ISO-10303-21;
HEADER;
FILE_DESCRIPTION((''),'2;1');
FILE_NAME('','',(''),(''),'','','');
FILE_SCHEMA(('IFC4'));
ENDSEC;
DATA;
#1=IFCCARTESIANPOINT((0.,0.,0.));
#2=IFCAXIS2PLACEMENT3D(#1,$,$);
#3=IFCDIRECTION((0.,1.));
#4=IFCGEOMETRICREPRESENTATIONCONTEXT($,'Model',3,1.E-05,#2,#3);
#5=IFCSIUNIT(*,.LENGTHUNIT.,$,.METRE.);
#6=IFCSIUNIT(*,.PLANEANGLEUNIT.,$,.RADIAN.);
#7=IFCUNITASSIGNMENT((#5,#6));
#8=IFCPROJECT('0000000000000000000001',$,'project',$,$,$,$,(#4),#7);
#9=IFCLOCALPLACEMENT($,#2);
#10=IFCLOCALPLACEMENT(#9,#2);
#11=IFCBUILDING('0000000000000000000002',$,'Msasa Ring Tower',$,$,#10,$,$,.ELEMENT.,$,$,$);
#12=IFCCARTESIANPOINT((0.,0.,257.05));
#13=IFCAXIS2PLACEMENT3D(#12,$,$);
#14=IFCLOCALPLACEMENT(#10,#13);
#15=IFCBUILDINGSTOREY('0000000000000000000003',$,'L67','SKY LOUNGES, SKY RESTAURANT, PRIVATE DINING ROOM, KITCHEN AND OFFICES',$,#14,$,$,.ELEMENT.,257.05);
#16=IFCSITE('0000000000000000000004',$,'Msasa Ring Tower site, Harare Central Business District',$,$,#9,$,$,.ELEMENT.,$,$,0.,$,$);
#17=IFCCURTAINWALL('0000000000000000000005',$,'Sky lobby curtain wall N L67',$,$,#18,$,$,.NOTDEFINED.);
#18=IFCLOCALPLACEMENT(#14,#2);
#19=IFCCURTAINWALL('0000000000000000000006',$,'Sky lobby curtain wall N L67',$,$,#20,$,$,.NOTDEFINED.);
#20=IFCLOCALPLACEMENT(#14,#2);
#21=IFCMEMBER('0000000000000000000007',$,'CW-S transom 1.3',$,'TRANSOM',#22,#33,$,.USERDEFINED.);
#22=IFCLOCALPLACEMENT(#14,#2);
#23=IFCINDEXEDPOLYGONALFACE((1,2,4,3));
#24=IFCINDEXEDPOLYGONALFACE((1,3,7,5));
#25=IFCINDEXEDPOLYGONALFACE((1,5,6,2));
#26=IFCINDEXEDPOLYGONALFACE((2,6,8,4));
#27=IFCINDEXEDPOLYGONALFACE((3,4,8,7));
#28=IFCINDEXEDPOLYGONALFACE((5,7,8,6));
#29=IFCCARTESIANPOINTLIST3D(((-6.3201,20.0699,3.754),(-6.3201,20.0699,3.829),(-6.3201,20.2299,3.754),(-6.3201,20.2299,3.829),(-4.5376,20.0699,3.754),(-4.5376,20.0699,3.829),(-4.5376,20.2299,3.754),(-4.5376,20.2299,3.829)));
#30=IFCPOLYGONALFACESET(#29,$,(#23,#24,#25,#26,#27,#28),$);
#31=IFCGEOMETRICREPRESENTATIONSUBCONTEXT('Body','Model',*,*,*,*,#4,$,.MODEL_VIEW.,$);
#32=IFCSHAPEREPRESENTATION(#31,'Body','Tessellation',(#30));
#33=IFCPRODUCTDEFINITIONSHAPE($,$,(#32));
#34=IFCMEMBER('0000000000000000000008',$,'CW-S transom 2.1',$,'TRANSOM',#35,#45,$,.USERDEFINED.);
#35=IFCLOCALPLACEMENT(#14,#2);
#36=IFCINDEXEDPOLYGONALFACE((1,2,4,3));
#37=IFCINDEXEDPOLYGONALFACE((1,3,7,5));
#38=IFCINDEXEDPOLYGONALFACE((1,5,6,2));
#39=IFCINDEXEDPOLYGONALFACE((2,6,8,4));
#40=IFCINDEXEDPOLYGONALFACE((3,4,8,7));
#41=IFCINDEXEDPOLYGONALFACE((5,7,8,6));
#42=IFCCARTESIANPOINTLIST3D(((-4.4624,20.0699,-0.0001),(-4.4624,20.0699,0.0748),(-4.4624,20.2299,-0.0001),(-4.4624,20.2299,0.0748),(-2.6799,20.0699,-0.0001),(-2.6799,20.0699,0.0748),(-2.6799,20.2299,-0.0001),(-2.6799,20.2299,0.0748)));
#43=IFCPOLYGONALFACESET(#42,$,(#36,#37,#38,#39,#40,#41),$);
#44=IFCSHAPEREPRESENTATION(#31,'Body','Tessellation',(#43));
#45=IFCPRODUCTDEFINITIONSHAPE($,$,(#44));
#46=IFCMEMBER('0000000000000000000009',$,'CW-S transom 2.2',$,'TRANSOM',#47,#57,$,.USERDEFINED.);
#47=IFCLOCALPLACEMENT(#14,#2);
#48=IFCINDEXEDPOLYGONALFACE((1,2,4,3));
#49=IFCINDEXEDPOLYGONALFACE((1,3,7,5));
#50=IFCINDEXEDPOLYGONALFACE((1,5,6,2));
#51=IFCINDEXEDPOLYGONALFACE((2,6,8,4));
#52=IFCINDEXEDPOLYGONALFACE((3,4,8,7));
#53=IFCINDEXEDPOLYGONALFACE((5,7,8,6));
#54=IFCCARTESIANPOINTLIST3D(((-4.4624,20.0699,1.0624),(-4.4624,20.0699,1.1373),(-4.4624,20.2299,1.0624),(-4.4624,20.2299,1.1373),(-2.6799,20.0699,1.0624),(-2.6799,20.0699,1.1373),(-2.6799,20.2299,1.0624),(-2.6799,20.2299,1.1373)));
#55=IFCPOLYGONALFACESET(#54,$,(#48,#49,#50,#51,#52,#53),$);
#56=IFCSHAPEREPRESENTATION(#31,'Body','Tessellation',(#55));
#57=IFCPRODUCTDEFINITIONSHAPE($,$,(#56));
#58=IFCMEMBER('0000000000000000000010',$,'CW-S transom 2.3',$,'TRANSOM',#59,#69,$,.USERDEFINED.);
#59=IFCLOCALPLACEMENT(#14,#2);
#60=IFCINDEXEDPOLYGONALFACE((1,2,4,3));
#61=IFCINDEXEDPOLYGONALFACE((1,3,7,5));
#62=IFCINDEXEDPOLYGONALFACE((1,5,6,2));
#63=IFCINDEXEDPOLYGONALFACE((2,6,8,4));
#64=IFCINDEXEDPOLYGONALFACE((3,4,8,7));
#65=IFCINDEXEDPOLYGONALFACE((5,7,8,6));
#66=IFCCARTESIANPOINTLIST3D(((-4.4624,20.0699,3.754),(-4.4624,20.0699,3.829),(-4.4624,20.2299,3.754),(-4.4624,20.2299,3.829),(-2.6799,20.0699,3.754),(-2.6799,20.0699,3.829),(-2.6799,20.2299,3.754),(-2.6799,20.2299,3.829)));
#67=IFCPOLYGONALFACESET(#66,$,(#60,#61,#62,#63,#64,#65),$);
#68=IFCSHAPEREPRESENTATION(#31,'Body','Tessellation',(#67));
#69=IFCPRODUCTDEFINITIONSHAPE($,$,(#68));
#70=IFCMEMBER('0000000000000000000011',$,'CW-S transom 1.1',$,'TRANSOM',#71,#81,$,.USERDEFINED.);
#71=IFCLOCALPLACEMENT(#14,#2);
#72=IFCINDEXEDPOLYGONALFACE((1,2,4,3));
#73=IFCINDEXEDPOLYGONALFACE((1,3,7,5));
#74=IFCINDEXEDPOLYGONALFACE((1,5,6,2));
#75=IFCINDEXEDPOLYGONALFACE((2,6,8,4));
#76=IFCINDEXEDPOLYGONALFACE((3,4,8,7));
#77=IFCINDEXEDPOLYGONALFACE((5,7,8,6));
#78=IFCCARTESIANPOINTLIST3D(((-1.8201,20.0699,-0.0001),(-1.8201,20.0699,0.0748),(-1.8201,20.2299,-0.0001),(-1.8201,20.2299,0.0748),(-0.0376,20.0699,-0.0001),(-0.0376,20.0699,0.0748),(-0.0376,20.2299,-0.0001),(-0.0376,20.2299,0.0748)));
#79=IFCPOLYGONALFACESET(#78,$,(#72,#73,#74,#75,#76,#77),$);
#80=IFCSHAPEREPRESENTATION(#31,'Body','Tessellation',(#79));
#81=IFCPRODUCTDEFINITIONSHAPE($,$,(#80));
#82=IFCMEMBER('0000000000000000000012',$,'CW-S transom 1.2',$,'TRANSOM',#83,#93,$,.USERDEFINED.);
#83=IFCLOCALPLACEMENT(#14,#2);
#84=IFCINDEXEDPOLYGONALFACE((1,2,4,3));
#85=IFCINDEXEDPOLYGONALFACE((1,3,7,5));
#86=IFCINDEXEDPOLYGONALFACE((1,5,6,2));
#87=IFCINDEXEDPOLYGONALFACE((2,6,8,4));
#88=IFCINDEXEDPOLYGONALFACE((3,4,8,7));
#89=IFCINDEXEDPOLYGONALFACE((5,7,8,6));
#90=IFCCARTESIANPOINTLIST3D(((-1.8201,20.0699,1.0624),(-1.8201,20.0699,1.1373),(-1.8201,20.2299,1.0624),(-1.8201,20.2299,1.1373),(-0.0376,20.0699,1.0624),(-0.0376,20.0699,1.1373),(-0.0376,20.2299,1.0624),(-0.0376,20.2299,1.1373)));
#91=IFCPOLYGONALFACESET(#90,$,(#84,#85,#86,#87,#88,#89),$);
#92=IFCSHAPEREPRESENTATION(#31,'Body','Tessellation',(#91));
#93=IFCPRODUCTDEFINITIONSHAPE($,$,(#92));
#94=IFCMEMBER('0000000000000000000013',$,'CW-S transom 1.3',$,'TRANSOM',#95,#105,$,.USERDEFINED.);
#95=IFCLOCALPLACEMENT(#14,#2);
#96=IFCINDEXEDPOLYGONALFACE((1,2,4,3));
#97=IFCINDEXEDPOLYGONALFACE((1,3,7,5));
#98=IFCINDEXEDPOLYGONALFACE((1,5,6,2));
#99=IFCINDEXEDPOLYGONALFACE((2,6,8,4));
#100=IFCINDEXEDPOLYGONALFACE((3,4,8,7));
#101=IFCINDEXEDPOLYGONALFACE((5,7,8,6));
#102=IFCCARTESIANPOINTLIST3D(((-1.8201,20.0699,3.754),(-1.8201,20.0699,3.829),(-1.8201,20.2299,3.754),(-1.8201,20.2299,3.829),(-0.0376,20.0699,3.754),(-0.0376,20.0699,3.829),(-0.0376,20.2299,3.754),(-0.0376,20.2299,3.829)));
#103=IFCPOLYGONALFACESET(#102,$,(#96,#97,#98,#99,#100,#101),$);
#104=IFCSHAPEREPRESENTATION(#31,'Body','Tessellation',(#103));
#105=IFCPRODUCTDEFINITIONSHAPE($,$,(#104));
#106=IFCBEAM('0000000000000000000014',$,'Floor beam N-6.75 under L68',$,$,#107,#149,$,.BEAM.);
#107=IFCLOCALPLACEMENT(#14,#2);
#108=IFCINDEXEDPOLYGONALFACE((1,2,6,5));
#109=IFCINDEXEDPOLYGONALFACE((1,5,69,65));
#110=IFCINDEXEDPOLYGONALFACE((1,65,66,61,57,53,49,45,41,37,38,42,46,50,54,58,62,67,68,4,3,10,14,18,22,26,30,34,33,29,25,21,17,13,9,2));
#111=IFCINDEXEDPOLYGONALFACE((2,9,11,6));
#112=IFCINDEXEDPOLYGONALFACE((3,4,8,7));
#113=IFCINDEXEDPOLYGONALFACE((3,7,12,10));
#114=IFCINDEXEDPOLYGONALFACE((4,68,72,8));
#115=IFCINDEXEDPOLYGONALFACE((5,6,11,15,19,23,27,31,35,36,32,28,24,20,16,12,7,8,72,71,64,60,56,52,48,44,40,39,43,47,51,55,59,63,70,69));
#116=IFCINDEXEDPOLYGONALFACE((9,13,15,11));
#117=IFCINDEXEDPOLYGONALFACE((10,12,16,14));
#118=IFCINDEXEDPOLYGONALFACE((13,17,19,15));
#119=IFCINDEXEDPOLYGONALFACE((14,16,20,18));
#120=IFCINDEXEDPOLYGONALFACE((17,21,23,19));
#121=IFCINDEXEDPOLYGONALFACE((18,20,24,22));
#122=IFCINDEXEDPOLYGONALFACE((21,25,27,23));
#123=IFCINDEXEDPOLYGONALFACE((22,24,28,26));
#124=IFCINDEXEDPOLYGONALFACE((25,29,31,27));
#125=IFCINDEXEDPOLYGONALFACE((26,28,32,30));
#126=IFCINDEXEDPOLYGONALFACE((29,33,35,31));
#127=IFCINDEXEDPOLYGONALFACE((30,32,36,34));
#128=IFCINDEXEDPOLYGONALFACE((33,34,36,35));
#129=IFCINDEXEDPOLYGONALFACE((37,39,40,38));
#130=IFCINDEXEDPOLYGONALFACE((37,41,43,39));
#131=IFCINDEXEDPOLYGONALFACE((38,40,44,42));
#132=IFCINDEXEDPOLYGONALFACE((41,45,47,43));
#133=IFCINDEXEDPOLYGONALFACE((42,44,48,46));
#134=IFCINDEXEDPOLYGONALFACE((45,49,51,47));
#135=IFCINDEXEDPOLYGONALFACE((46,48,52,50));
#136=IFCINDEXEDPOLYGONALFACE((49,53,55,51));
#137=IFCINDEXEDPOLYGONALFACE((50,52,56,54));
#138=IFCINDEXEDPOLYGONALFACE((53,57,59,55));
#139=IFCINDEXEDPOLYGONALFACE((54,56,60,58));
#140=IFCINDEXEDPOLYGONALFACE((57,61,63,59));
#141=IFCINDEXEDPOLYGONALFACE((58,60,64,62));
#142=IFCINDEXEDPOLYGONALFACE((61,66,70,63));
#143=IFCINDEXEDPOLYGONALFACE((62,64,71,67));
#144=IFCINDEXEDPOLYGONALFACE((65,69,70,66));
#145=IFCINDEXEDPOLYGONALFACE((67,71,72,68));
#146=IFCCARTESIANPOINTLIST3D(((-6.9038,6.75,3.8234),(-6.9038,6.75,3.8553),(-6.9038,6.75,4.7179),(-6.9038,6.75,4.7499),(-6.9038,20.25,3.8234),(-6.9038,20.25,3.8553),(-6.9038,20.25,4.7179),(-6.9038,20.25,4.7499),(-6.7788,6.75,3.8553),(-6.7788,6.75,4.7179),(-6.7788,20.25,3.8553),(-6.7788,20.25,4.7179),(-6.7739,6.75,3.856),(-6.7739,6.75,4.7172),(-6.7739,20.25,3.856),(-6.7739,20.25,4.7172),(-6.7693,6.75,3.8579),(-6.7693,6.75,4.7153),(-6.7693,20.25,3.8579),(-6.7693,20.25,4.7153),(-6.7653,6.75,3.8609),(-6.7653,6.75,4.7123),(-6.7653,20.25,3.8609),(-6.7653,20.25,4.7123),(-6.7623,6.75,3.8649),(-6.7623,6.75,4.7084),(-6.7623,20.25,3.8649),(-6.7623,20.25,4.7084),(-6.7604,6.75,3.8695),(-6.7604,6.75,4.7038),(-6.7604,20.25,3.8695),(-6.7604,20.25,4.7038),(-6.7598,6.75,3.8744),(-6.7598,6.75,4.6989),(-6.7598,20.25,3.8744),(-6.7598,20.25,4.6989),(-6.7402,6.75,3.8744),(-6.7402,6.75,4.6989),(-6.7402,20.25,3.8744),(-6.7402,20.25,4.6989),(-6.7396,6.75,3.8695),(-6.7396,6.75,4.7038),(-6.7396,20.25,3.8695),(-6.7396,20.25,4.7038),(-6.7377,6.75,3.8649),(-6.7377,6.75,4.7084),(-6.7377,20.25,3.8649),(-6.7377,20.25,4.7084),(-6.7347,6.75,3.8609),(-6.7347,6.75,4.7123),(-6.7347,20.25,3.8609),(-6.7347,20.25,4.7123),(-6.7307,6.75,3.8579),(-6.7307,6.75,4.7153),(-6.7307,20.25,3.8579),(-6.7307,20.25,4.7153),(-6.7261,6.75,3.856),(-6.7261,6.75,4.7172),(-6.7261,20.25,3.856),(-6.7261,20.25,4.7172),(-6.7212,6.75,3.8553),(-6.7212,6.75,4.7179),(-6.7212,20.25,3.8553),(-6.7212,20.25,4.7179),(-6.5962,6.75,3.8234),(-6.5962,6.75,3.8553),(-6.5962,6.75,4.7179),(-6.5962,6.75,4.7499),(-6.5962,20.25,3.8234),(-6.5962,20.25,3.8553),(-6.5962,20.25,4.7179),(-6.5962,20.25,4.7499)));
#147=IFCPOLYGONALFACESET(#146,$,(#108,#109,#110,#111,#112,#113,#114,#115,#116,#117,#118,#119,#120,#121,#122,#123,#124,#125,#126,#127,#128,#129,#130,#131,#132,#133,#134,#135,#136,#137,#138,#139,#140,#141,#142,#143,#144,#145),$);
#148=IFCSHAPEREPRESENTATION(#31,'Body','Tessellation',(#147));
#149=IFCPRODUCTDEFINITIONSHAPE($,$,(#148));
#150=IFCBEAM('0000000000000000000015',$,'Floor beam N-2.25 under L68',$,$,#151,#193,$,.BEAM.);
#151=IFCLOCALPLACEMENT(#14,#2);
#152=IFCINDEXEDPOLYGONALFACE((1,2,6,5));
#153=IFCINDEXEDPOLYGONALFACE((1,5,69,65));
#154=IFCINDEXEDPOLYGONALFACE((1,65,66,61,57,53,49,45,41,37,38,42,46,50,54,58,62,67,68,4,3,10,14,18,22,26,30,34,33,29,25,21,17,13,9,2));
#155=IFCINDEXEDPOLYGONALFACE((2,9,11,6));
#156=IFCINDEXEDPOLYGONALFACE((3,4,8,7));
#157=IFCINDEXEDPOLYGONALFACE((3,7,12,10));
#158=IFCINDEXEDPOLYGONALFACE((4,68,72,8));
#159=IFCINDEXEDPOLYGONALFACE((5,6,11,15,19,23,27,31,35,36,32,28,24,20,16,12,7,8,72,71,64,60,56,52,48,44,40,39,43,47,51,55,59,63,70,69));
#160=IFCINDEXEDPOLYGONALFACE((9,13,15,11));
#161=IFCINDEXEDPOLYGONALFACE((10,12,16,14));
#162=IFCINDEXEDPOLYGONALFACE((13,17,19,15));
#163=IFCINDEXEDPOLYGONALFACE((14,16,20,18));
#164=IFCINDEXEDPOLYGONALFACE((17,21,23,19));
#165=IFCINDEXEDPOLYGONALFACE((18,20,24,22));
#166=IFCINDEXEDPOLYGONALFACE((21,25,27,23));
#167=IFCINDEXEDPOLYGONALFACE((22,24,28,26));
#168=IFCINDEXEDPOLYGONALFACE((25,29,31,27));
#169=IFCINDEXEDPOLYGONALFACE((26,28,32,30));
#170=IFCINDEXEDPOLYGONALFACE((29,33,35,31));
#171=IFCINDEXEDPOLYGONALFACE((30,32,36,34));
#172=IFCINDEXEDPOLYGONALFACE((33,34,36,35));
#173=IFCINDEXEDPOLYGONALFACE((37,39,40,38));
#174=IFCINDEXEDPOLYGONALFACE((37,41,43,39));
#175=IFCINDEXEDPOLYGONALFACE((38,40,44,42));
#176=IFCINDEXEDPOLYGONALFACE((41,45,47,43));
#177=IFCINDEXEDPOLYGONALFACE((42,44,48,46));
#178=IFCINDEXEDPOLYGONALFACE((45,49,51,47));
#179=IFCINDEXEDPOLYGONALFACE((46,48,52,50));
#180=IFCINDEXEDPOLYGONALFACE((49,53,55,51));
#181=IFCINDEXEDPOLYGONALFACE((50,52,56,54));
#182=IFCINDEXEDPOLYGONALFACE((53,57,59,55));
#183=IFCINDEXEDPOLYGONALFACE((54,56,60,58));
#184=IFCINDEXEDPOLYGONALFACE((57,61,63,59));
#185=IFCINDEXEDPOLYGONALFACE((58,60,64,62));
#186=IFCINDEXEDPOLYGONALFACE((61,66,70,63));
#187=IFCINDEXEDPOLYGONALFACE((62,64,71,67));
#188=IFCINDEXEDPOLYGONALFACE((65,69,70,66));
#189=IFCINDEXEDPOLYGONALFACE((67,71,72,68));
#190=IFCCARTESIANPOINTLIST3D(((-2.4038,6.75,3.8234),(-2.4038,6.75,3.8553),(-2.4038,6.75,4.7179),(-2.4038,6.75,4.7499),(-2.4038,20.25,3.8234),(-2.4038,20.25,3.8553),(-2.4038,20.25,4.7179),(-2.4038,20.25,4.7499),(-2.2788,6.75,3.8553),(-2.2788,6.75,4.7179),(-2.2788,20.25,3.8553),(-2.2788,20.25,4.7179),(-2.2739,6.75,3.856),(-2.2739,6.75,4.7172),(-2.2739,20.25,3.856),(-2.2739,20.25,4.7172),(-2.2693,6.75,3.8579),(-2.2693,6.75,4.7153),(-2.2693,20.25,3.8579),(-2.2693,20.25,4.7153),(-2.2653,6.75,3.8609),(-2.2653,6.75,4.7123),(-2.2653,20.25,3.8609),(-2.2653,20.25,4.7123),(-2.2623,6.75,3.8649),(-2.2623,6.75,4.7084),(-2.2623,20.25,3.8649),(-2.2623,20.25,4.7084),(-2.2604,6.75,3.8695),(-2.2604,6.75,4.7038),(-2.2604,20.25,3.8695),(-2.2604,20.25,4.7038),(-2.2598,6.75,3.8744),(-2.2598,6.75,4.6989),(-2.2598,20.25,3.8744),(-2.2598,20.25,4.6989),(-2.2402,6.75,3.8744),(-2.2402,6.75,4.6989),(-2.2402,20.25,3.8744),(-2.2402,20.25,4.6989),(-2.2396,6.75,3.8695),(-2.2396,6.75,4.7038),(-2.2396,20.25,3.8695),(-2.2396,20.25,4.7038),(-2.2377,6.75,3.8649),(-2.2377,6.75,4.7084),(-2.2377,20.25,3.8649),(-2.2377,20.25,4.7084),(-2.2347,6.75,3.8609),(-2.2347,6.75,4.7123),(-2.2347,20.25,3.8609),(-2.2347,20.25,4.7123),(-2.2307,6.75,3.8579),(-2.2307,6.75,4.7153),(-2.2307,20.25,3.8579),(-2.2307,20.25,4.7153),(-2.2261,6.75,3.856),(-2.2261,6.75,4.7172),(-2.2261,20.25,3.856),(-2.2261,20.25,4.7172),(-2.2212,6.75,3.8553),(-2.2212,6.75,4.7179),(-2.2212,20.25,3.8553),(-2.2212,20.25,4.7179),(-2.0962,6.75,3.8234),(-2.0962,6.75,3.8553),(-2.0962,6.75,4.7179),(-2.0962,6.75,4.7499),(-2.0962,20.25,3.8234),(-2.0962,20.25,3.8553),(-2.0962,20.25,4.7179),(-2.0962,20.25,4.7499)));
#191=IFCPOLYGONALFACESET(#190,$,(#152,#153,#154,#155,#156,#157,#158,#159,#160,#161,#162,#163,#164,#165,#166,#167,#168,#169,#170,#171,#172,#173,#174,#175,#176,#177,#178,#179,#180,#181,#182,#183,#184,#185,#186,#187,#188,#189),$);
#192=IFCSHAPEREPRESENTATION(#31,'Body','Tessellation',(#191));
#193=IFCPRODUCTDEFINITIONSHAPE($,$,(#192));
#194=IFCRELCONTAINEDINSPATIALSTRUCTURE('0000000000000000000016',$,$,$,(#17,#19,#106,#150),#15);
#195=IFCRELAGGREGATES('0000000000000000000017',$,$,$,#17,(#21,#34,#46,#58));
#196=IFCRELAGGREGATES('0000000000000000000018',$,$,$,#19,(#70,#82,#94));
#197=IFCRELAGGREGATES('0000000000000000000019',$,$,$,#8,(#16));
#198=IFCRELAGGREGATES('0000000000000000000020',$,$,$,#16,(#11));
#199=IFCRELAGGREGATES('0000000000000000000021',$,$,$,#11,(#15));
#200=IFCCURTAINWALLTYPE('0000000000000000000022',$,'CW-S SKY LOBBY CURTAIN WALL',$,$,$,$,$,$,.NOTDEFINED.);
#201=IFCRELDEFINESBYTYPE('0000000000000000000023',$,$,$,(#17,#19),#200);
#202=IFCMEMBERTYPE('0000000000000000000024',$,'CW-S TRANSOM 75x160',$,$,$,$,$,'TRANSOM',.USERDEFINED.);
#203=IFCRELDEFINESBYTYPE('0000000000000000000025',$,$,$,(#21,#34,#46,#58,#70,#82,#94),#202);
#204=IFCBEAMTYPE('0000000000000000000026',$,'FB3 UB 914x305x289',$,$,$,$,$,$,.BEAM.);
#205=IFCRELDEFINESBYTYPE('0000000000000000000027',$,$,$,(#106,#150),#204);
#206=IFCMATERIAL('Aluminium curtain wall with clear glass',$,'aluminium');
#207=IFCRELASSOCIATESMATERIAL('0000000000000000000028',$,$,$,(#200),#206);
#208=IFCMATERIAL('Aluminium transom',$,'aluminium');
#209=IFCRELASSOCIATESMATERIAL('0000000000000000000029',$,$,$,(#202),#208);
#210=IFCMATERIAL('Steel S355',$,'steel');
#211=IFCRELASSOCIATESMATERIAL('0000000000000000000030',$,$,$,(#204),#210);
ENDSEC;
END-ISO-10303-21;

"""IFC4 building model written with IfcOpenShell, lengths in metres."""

from ifc_helpers import new_model, si_unit, direction, frame, origin, origin_2d, place, context, subcontext, project, spatial, rectangle, i_section, extrude, material, material_profile, profile_set, type_object, element, aggregate, save


model = new_model("IFC4")

# Units and contexts
model_context = context("Model", 3, precision=1e-05, world=origin(), true_north=direction((0.0, 1.0)))
body_context = subcontext(model_context, "Body", "Model", "MODEL_VIEW")
ifc_project = project(units=[si_unit("LENGTHUNIT", "METRE"), si_unit("PLANEANGLEUNIT", "RADIAN")], contexts=[model_context])

# Site, building, storey
site_placement = place(None, origin())
site = spatial("IfcSite", under=ifc_project, at=site_placement, Name="Msasa Ring Tower site, Harare Central Business District", CompositionType="ELEMENT", RefElevation=0.0)
building_placement = place(site_placement, origin())
building = spatial("IfcBuilding", under=site, at=building_placement, Name="Msasa Ring Tower", CompositionType="ELEMENT")
storey_placement = place(building_placement, frame((0.0, 0.0, 257.05)))
storey = spatial("IfcBuildingStorey", under=building, at=storey_placement, Name="L67", Description="SKY LOUNGES, SKY RESTAURANT, PRIVATE DINING ROOM, KITCHEN AND OFFICES", CompositionType="ELEMENT", Elevation=257.05)

# Curtain walls
ifc_material_1 = material(Name="Aluminium curtain wall with clear glass", Category="aluminium")
curtain_wall_type = type_object("IfcCurtainWallType", Name="CW-S SKY LOBBY CURTAIN WALL", PredefinedType="NOTDEFINED", material=ifc_material_1)
curtain_wall_1_placement = place(storey_placement, origin())
curtain_wall_1 = element("IfcCurtainWall", 1, at=curtain_wall_1_placement, inside=storey, type_object=curtain_wall_type, Name="Sky lobby curtain wall N L67", PredefinedType="NOTDEFINED")
curtain_wall_2_placement = place(storey_placement, origin())
curtain_wall_2 = element("IfcCurtainWall", 2, at=curtain_wall_2_placement, inside=storey, type_object=curtain_wall_type, Name="Sky lobby curtain wall N L67", PredefinedType="NOTDEFINED")

# Members
ifc_material_2 = material(Name="Aluminium transom", Category="aluminium")
ifc_material_profile_1 = material_profile(ifc_material_2, rectangle(XDim=0.1599, YDim=0.075, at=origin_2d()), Name="AL 75x160")
ifc_profile_set_1 = profile_set([ifc_material_profile_1], Name="Aluminium transom")
member_type_1 = type_object("IfcMemberType", Name="CW-S TRANSOM 75x160", ElementType="TRANSOM", PredefinedType="USERDEFINED", material=ifc_profile_set_1)
member_1_placement = place(storey_placement, frame((-6.3201, 20.1499, 3.7915), z_axis=(1.0, 0.0, 0.0), x_axis=(0.0, 1.0, 0.0)))
member_1 = element("IfcMember", 3, at=member_1_placement, type_object=member_type_1, Name="CW-S transom 1.3", ObjectType="TRANSOM", PredefinedType="USERDEFINED", context=body_context, shape_type="SweptSolid", body=[
    extrude(rectangle(XDim=0.1599, YDim=0.075, at=origin_2d()), origin(), (0.0, 0.0, 1.0), 1.7825),
])
member_2_placement = place(storey_placement, frame((-4.4624, 20.1499, 0.0374), z_axis=(1.0, 0.0, 0.0), x_axis=(0.0, 1.0, 0.0)))
member_2 = element("IfcMember", 4, at=member_2_placement, type_object=member_type_1, Name="CW-S transom 2.1", ObjectType="TRANSOM", PredefinedType="USERDEFINED", context=body_context, shape_type="SweptSolid", body=[
    extrude(rectangle(XDim=0.1599, YDim=0.075, at=origin_2d()), origin(), (0.0, 0.0, 1.0), 1.7825),
])
member_3_placement = place(storey_placement, frame((-4.4624, 20.1499, 1.0999), z_axis=(1.0, 0.0, 0.0), x_axis=(0.0, 1.0, 0.0)))
member_3 = element("IfcMember", 5, at=member_3_placement, type_object=member_type_1, Name="CW-S transom 2.2", ObjectType="TRANSOM", PredefinedType="USERDEFINED", context=body_context, shape_type="SweptSolid", body=[
    extrude(rectangle(XDim=0.1599, YDim=0.075, at=origin_2d()), origin(), (0.0, 0.0, 1.0), 1.7825),
])
member_4_placement = place(storey_placement, frame((-4.4624, 20.1499, 3.7915), z_axis=(1.0, 0.0, 0.0), x_axis=(0.0, 1.0, 0.0)))
member_4 = element("IfcMember", 6, at=member_4_placement, type_object=member_type_1, Name="CW-S transom 2.3", ObjectType="TRANSOM", PredefinedType="USERDEFINED", context=body_context, shape_type="SweptSolid", body=[
    extrude(rectangle(XDim=0.1599, YDim=0.075, at=origin_2d()), origin(), (0.0, 0.0, 1.0), 1.7825),
])
member_5_placement = place(storey_placement, frame((-1.8201, 20.1499, 0.0374), z_axis=(1.0, 0.0, 0.0), x_axis=(0.0, 1.0, 0.0)))
member_5 = element("IfcMember", 7, at=member_5_placement, type_object=member_type_1, Name="CW-S transom 1.1", ObjectType="TRANSOM", PredefinedType="USERDEFINED", context=body_context, shape_type="SweptSolid", body=[
    extrude(rectangle(XDim=0.1599, YDim=0.075, at=origin_2d()), origin(), (0.0, 0.0, 1.0), 1.7825),
])
member_6_placement = place(storey_placement, frame((-1.8201, 20.1499, 1.0999), z_axis=(1.0, 0.0, 0.0), x_axis=(0.0, 1.0, 0.0)))
member_6 = element("IfcMember", 8, at=member_6_placement, type_object=member_type_1, Name="CW-S transom 1.2", ObjectType="TRANSOM", PredefinedType="USERDEFINED", context=body_context, shape_type="SweptSolid", body=[
    extrude(rectangle(XDim=0.1599, YDim=0.075, at=origin_2d()), origin(), (0.0, 0.0, 1.0), 1.7825),
])
member_7_placement = place(storey_placement, frame((-1.8201, 20.1499, 3.7915), z_axis=(1.0, 0.0, 0.0), x_axis=(0.0, 1.0, 0.0)))
member_7 = element("IfcMember", 9, at=member_7_placement, type_object=member_type_1, Name="CW-S transom 1.3", ObjectType="TRANSOM", PredefinedType="USERDEFINED", context=body_context, shape_type="SweptSolid", body=[
    extrude(rectangle(XDim=0.1599, YDim=0.075, at=origin_2d()), origin(), (0.0, 0.0, 1.0), 1.7825),
])

# Beams
ifc_material_3 = material(Name="Steel S355", Category="steel")
ifc_material_profile_2 = material_profile(ifc_material_3, i_section(OverallWidth=0.3076, OverallDepth=0.9265, WebThickness=0.0195, FlangeThickness=0.032, FilletRadius=0.019, at=origin_2d()), Name="UB 914x305x289")
ifc_profile_set_2 = profile_set([ifc_material_profile_2], Name="Steel S355")
beam_type_1 = type_object("IfcBeamType", Name="FB3 UB 914x305x289", PredefinedType="BEAM", material=ifc_profile_set_2)
for number, where, z_axis, x_axis, name in (
    (10, (-6.75, 20.25, 4.2866), (0.0, -1.0, 0.0), (1.0, 0.0, 0.0), "Floor beam N-6.75 under L68"),
    (11, (-2.25, 20.25, 4.2866), (0.0, -1.0, 0.0), (1.0, 0.0, 0.0), "Floor beam N-2.25 under L68"),
):
    element("IfcBeam", number, at=place(storey_placement, frame(where, z_axis=z_axis, x_axis=x_axis)), inside=storey, type_object=beam_type_1, Name=name, PredefinedType="BEAM", context=body_context, shape_type="SweptSolid", body=[
        extrude(i_section(OverallWidth=0.3076, OverallDepth=0.9265, WebThickness=0.0195, FlangeThickness=0.032, FilletRadius=0.019, at=origin_2d()), origin(), (0.0, 0.0, 1.0), 13.5),
    ])

aggregate(curtain_wall_1, [member_1, member_2, member_3, member_4])
aggregate(curtain_wall_2, [member_5, member_6, member_7])

save(model, "model.ifc")
